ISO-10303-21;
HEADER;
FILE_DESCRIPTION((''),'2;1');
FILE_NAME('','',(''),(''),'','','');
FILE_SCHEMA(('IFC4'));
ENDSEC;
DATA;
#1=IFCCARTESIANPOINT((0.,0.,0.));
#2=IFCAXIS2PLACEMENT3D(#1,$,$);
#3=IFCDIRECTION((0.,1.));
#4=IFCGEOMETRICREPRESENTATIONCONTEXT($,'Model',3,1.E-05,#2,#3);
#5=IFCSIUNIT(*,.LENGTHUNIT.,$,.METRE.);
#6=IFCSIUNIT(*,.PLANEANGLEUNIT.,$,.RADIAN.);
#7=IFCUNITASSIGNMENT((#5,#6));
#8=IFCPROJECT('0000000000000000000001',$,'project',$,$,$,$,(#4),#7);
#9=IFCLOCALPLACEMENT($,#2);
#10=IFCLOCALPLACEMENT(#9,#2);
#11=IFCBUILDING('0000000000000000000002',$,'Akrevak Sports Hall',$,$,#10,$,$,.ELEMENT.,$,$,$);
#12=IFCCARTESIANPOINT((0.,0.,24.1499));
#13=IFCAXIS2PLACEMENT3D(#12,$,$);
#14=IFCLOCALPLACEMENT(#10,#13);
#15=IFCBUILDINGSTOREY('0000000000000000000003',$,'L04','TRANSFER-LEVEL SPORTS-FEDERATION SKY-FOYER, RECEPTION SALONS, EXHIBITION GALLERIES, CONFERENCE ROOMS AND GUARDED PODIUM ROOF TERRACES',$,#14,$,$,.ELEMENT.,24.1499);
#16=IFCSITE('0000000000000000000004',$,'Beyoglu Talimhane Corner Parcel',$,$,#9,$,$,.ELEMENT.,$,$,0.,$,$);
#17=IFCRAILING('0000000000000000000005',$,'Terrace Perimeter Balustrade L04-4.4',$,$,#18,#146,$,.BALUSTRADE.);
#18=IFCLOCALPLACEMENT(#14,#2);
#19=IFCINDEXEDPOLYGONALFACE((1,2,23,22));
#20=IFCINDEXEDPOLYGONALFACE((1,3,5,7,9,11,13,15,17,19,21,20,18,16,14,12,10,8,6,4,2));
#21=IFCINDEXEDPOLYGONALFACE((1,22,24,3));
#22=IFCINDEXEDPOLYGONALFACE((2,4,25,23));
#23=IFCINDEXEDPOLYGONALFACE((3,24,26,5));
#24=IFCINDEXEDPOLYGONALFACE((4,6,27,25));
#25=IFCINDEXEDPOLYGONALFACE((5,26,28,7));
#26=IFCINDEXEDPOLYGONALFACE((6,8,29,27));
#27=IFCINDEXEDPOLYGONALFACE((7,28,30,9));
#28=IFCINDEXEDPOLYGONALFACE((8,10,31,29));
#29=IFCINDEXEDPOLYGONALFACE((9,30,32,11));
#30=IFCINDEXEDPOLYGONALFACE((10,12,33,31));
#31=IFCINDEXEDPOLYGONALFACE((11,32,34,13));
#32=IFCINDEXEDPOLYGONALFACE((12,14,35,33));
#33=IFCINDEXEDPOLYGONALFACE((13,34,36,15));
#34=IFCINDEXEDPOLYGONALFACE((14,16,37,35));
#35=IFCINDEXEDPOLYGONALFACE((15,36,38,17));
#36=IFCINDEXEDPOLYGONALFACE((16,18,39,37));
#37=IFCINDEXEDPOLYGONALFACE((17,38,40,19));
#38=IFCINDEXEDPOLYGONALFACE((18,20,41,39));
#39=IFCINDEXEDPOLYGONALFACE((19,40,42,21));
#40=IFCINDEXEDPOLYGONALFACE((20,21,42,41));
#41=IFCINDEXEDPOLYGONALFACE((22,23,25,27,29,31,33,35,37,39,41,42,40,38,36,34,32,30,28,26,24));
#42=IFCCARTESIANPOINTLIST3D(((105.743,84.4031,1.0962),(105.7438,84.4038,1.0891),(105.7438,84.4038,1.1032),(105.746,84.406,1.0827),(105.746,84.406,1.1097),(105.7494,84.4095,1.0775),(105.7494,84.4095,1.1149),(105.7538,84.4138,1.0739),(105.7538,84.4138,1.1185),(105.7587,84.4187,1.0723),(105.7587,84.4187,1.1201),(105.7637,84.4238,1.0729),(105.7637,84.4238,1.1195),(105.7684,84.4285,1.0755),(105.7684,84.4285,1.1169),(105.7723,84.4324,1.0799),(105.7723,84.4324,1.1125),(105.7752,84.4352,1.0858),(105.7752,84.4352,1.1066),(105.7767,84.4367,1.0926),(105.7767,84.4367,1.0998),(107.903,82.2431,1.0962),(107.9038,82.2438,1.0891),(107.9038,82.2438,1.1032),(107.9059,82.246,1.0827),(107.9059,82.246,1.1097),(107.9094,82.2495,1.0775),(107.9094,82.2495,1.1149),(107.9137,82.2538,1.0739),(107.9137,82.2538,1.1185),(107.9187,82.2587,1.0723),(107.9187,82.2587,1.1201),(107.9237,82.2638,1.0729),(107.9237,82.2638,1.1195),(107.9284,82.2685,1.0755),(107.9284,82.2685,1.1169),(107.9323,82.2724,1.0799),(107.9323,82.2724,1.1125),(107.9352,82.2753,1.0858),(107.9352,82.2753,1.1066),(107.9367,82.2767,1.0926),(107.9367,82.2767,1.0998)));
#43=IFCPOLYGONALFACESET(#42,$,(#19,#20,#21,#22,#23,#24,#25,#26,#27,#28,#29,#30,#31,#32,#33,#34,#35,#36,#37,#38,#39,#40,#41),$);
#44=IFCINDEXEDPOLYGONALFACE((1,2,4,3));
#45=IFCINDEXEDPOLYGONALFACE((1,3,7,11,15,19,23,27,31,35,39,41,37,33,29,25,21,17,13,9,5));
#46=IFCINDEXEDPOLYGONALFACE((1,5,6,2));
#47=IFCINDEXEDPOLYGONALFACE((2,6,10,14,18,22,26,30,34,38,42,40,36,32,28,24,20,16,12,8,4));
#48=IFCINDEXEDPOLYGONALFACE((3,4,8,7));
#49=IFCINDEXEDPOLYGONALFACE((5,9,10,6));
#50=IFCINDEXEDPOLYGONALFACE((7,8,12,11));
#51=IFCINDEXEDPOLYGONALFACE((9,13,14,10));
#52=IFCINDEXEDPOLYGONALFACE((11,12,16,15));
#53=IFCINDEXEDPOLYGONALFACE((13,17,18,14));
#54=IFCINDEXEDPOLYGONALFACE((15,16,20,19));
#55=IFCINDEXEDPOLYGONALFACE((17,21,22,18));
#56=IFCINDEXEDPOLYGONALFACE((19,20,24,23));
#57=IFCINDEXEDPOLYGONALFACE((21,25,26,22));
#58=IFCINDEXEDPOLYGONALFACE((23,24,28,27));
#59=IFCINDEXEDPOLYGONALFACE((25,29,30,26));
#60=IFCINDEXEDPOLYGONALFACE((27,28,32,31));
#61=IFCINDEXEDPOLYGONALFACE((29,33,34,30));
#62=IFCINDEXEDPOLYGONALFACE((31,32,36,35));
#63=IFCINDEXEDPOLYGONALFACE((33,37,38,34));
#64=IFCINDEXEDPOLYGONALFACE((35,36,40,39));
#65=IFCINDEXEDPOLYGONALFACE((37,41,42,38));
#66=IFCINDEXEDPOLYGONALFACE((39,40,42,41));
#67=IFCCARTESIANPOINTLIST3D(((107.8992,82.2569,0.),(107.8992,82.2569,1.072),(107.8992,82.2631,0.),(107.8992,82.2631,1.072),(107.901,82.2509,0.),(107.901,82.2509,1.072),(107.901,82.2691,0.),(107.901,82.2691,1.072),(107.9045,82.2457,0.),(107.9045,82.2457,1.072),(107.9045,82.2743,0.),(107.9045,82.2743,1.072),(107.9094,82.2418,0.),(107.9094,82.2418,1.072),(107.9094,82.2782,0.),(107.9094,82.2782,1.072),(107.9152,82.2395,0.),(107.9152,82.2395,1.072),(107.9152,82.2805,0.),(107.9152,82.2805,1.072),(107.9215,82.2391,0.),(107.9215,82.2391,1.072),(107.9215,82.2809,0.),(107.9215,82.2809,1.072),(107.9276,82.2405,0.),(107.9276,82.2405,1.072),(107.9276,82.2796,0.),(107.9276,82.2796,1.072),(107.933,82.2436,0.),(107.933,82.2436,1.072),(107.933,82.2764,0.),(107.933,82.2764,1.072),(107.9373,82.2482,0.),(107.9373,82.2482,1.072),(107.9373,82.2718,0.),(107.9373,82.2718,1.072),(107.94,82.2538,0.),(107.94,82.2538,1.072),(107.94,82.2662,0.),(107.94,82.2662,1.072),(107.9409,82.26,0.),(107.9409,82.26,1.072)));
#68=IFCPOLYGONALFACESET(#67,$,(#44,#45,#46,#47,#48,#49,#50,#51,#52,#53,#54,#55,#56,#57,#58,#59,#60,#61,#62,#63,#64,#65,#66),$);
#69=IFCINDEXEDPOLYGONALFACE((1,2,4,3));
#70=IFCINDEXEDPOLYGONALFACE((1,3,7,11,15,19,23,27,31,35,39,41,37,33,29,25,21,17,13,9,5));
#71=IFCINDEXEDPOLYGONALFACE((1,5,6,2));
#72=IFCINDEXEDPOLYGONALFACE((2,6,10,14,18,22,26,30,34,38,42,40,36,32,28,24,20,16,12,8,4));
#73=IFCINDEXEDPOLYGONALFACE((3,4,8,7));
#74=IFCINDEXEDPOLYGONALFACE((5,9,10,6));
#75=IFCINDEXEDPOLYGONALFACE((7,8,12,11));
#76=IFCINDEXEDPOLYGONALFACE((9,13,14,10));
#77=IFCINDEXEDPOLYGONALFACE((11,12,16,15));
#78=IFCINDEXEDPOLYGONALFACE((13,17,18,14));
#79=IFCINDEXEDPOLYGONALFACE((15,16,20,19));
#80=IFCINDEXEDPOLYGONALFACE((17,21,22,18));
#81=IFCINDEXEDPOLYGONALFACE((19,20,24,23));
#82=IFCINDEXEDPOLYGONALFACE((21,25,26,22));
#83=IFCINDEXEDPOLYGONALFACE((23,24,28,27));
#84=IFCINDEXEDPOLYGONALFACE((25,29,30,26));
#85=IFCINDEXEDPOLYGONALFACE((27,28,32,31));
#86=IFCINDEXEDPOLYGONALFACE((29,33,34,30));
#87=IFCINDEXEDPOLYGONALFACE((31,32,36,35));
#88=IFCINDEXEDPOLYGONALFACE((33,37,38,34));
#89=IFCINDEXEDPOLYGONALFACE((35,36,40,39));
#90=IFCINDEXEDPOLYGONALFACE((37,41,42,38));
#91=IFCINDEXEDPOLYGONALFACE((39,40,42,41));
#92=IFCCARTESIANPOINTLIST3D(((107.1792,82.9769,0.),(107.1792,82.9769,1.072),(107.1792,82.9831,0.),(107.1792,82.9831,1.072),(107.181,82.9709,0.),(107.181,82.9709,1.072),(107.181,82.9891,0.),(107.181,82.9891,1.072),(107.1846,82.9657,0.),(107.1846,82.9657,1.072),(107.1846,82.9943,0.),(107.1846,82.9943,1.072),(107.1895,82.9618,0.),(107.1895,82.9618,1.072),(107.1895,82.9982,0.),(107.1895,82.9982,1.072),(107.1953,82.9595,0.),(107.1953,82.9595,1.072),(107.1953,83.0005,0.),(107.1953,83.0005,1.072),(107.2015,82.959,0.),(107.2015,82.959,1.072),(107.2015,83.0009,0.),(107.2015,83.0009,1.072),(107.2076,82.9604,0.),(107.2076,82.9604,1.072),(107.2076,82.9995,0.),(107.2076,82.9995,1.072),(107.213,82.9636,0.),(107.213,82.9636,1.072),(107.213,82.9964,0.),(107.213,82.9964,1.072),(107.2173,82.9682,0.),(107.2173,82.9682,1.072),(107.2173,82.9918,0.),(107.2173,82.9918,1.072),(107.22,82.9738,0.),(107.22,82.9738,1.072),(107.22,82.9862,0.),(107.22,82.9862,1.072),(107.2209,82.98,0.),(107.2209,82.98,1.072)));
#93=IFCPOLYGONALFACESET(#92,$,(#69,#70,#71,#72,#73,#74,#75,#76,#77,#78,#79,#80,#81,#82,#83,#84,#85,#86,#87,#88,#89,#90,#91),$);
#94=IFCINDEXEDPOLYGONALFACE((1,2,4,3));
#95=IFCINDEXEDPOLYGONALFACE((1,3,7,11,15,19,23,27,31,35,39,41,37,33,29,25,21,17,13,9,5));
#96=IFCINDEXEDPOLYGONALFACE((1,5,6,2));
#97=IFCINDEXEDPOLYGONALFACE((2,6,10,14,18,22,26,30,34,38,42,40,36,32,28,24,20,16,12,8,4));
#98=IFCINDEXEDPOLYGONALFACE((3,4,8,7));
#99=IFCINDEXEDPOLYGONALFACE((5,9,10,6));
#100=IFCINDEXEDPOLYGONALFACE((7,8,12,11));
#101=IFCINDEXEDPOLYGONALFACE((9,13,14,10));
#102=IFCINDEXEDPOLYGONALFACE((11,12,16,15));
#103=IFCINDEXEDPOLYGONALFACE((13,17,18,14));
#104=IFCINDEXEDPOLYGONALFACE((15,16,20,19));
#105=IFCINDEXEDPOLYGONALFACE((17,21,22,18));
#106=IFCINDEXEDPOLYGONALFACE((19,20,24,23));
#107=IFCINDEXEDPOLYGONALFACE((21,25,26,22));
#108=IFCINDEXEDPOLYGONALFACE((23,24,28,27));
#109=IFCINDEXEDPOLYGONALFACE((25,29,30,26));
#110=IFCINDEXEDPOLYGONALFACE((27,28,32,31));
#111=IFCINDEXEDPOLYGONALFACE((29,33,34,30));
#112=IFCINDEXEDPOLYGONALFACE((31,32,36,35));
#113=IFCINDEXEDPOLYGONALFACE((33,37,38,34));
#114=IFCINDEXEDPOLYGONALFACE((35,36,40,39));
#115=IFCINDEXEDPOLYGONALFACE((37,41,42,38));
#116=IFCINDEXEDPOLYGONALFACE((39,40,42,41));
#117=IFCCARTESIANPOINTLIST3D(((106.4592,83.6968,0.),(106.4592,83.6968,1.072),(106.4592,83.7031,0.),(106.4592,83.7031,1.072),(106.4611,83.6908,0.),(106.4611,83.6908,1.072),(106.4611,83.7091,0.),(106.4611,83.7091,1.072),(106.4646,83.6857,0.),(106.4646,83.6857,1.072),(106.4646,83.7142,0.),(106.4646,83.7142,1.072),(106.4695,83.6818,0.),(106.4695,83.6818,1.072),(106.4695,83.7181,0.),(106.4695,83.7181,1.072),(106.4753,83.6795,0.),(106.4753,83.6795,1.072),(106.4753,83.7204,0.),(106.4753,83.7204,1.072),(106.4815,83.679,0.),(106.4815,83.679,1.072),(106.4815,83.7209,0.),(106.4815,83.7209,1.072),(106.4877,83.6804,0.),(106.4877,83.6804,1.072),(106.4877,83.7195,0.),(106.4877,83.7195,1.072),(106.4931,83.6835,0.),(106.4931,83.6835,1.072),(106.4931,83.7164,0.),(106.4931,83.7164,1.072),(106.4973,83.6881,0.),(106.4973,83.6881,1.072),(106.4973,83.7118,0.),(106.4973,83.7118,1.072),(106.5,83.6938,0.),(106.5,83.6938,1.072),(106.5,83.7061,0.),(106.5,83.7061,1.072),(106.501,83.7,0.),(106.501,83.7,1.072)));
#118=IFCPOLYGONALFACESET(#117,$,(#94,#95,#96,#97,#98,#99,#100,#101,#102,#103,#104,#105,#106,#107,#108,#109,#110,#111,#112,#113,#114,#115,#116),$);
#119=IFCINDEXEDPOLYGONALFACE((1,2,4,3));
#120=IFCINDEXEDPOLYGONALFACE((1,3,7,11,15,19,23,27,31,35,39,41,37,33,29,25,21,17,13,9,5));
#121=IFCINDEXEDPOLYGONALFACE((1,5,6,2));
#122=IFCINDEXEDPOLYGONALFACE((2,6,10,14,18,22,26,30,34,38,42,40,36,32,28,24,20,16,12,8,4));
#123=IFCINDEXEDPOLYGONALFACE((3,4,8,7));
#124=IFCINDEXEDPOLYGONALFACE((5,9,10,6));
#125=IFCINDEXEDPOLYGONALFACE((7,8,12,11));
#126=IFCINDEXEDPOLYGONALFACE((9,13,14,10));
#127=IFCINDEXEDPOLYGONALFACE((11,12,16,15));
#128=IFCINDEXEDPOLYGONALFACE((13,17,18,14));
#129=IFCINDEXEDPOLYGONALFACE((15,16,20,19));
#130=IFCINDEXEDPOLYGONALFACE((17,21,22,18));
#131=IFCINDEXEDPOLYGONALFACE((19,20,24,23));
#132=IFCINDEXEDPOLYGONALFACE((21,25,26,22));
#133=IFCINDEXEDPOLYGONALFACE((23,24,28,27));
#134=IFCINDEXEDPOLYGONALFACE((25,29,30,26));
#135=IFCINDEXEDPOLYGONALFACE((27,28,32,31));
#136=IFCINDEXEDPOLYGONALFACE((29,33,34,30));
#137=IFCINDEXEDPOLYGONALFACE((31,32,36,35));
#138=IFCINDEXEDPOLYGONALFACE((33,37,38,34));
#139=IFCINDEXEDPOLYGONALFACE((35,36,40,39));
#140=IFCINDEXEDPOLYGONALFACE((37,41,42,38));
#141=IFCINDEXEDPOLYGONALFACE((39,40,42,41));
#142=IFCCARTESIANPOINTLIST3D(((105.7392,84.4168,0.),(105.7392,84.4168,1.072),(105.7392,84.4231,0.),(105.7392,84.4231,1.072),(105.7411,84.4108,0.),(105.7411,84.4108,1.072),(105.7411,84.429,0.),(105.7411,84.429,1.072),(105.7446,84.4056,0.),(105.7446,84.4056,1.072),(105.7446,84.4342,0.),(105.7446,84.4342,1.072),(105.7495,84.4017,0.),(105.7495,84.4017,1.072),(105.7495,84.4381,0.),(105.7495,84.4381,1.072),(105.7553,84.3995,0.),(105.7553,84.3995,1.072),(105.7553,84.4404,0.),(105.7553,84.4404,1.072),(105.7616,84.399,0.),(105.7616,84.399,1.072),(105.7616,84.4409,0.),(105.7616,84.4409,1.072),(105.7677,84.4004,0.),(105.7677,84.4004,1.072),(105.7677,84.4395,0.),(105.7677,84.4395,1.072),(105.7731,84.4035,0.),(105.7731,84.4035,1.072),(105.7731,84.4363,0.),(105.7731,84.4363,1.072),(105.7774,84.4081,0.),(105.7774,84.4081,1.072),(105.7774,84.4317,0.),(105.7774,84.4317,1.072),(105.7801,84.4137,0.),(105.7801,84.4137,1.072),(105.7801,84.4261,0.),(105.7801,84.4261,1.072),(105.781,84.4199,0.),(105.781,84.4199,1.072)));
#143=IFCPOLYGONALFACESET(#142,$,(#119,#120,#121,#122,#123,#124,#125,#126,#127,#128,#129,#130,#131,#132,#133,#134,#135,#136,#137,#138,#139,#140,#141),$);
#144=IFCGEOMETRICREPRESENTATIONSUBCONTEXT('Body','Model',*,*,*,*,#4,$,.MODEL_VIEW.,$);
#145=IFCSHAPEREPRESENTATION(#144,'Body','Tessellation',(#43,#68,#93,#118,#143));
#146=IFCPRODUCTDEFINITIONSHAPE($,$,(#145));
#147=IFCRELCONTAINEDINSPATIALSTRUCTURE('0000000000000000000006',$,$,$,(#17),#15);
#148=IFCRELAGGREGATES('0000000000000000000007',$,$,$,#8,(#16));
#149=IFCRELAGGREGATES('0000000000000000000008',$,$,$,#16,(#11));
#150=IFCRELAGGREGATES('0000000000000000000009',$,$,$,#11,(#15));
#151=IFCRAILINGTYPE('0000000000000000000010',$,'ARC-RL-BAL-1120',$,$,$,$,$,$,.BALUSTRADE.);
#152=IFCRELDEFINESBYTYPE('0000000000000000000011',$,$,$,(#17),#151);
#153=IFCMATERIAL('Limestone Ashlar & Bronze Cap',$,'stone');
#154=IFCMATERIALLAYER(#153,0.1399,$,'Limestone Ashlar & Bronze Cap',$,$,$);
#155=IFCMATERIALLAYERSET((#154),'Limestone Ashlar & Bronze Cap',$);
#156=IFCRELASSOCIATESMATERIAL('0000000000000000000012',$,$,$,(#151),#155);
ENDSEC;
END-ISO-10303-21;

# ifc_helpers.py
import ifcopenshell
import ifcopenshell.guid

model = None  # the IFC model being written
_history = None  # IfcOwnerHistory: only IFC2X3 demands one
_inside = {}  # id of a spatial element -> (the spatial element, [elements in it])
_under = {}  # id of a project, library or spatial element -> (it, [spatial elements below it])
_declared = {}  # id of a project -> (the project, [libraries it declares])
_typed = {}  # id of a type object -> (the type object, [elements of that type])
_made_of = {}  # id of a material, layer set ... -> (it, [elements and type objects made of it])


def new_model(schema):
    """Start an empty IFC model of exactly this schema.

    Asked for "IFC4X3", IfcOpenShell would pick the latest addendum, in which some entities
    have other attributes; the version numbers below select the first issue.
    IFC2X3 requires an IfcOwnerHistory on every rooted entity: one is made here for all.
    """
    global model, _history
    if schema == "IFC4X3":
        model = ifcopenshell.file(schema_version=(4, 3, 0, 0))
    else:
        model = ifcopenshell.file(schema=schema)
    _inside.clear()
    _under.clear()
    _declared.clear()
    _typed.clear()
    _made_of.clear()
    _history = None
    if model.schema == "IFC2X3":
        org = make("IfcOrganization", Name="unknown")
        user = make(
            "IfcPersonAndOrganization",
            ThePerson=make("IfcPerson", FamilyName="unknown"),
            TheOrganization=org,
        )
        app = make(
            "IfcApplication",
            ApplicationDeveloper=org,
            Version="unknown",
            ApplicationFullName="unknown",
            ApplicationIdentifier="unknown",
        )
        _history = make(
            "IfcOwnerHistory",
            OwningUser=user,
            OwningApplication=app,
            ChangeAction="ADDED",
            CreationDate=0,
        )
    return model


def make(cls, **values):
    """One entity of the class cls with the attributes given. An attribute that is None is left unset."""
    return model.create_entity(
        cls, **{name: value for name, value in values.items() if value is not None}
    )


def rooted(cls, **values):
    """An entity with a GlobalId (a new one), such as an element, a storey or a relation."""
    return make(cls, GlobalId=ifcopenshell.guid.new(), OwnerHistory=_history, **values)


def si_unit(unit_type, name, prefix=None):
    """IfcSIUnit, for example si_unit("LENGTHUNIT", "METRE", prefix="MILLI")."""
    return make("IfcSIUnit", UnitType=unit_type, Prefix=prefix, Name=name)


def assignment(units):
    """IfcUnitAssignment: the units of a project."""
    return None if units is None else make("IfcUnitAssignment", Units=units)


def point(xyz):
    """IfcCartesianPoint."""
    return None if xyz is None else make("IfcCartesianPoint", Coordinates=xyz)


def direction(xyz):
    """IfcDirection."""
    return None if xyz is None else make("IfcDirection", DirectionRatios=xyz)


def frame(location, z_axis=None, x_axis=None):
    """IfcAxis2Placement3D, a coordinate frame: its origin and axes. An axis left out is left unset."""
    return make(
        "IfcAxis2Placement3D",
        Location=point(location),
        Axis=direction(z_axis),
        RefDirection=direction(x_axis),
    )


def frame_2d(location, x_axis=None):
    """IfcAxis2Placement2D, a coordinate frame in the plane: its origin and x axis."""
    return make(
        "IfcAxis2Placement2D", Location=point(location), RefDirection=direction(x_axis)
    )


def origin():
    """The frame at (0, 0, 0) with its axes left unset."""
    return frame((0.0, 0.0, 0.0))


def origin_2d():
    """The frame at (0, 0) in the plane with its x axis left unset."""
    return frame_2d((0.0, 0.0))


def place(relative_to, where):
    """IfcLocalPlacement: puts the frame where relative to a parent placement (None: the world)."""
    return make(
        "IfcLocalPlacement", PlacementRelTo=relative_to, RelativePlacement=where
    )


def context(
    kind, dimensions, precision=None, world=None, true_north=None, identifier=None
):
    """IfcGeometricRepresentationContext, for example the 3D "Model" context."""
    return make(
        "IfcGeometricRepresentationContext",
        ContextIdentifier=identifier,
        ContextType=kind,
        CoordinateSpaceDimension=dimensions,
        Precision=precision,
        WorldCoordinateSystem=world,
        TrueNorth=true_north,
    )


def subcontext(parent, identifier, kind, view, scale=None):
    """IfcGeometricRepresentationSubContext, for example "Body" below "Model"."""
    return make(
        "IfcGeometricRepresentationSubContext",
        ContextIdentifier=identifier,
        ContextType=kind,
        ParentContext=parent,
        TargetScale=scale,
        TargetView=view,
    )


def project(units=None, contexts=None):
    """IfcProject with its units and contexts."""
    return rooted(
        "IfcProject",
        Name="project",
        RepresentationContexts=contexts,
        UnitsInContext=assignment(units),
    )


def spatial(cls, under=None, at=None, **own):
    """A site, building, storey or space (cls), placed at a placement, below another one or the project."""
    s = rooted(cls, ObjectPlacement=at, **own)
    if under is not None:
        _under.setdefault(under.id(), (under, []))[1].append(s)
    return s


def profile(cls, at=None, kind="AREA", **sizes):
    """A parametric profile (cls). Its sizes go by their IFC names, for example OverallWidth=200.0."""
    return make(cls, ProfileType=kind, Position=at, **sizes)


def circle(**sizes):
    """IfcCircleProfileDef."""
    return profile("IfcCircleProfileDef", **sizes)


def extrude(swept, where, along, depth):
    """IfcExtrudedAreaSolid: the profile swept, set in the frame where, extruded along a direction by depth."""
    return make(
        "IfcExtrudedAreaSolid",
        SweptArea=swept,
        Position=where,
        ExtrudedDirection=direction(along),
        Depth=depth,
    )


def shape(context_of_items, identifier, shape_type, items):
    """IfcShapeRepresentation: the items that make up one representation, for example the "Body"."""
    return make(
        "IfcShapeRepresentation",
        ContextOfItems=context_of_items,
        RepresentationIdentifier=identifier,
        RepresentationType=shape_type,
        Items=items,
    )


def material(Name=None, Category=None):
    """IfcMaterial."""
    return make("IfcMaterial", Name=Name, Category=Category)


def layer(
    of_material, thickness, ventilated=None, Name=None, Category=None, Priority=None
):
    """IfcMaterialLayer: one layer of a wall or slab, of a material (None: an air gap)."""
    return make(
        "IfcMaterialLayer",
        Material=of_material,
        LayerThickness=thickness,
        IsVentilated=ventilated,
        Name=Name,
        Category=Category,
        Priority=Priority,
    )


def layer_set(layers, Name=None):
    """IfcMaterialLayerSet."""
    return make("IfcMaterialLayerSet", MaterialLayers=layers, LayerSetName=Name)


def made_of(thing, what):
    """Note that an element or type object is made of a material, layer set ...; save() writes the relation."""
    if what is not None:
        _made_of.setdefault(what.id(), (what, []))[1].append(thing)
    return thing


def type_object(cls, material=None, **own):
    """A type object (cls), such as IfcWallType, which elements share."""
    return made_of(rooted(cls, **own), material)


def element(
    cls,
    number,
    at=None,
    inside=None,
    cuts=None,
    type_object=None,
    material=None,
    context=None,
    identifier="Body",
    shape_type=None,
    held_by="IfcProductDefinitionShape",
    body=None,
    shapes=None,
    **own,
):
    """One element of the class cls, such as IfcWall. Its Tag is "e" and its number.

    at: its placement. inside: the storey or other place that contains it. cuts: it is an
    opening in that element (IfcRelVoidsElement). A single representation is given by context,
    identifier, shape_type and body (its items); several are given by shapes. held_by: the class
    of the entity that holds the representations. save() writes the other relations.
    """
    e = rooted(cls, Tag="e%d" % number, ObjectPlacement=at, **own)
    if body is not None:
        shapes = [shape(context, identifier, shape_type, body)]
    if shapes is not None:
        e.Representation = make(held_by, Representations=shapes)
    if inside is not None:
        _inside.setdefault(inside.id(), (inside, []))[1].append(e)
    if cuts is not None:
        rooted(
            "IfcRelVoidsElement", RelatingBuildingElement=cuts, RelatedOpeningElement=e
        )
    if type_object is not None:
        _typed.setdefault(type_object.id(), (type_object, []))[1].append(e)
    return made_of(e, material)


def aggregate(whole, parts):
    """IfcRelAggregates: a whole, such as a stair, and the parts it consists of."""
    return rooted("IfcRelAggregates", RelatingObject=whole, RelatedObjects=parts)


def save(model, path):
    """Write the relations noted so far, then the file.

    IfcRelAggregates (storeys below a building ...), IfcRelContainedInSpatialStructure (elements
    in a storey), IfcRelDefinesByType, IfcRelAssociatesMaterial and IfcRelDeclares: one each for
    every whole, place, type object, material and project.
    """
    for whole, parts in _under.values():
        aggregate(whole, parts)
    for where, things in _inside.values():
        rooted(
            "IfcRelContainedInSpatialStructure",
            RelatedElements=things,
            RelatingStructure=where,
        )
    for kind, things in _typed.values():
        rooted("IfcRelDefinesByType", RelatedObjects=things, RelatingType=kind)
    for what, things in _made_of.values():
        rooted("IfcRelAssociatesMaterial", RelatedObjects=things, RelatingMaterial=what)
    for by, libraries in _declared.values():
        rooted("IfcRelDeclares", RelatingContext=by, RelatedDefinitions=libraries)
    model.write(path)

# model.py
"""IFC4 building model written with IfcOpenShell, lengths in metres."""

from ifc_helpers import new_model, si_unit, direction, frame, origin, origin_2d, place, context, subcontext, project, spatial, circle, extrude, material, layer, layer_set, type_object, element, save


model = new_model("IFC4")

# Units and contexts
model_context = context("Model", 3, precision=1e-05, world=origin(), true_north=direction((0.0, 1.0)))
body_context = subcontext(model_context, "Body", "Model", "MODEL_VIEW")
ifc_project = project(units=[si_unit("LENGTHUNIT", "METRE"), si_unit("PLANEANGLEUNIT", "RADIAN")], contexts=[model_context])

# Site, building, storey
site_placement = place(None, origin())
site = spatial("IfcSite", under=ifc_project, at=site_placement, Name="Beyoglu Talimhane Corner Parcel", CompositionType="ELEMENT", RefElevation=0.0)
building_placement = place(site_placement, origin())
building = spatial("IfcBuilding", under=site, at=building_placement, Name="Akrevak Sports Hall", CompositionType="ELEMENT")
storey_placement = place(building_placement, frame((0.0, 0.0, 24.1499)))
storey = spatial("IfcBuildingStorey", under=building, at=storey_placement, Name="L04", Description="TRANSFER-LEVEL SPORTS-FEDERATION SKY-FOYER, RECEPTION SALONS, EXHIBITION GALLERIES, CONFERENCE ROOMS AND GUARDED PODIUM ROOF TERRACES", CompositionType="ELEMENT", Elevation=24.1499)

# Railing
ifc_material_1 = material(Name="Limestone Ashlar & Bronze Cap", Category="stone")
ifc_layer_1 = layer(ifc_material_1, 0.1399, Name="Limestone Ashlar & Bronze Cap")
ifc_layer_set_1 = layer_set([ifc_layer_1], Name="Limestone Ashlar & Bronze Cap")
railing_type = type_object("IfcRailingType", Name="ARC-RL-BAL-1120", PredefinedType="BALUSTRADE", material=ifc_layer_set_1)
railing_1_placement = place(storey_placement, frame((107.9199, 82.26, 0.0)))
element("IfcRailing", 1, at=railing_1_placement, inside=storey, type_object=railing_type, Name="Terrace Perimeter Balustrade L04-4.4", PredefinedType="BALUSTRADE", context=body_context, shape_type="SweptSolid", body=[
    extrude(circle(Radius=0.0239, at=origin_2d()), frame((0.0, 0.0, 1.0962), z_axis=(-0.707107, 0.707107, 0.0), x_axis=(-0.707107, -0.707107, 0.0)), (0.0, 0.0, 1.0), 3.0547),
    extrude(circle(Radius=0.021, at=origin_2d()), origin(), (0.0, 0.0, 1.0), 1.072),
    extrude(circle(Radius=0.021, at=origin_2d()), frame((-0.72, 0.72, 0.0)), (0.0, 0.0, 1.0), 1.072),
    extrude(circle(Radius=0.021, at=origin_2d()), frame((-1.4399, 1.4399, 0.0)), (0.0, 0.0, 1.0), 1.072),
    extrude(circle(Radius=0.021, at=origin_2d()), frame((-2.1599, 2.1599, 0.0)), (0.0, 0.0, 1.0), 1.072),
])

save(model, "model.ifc")
